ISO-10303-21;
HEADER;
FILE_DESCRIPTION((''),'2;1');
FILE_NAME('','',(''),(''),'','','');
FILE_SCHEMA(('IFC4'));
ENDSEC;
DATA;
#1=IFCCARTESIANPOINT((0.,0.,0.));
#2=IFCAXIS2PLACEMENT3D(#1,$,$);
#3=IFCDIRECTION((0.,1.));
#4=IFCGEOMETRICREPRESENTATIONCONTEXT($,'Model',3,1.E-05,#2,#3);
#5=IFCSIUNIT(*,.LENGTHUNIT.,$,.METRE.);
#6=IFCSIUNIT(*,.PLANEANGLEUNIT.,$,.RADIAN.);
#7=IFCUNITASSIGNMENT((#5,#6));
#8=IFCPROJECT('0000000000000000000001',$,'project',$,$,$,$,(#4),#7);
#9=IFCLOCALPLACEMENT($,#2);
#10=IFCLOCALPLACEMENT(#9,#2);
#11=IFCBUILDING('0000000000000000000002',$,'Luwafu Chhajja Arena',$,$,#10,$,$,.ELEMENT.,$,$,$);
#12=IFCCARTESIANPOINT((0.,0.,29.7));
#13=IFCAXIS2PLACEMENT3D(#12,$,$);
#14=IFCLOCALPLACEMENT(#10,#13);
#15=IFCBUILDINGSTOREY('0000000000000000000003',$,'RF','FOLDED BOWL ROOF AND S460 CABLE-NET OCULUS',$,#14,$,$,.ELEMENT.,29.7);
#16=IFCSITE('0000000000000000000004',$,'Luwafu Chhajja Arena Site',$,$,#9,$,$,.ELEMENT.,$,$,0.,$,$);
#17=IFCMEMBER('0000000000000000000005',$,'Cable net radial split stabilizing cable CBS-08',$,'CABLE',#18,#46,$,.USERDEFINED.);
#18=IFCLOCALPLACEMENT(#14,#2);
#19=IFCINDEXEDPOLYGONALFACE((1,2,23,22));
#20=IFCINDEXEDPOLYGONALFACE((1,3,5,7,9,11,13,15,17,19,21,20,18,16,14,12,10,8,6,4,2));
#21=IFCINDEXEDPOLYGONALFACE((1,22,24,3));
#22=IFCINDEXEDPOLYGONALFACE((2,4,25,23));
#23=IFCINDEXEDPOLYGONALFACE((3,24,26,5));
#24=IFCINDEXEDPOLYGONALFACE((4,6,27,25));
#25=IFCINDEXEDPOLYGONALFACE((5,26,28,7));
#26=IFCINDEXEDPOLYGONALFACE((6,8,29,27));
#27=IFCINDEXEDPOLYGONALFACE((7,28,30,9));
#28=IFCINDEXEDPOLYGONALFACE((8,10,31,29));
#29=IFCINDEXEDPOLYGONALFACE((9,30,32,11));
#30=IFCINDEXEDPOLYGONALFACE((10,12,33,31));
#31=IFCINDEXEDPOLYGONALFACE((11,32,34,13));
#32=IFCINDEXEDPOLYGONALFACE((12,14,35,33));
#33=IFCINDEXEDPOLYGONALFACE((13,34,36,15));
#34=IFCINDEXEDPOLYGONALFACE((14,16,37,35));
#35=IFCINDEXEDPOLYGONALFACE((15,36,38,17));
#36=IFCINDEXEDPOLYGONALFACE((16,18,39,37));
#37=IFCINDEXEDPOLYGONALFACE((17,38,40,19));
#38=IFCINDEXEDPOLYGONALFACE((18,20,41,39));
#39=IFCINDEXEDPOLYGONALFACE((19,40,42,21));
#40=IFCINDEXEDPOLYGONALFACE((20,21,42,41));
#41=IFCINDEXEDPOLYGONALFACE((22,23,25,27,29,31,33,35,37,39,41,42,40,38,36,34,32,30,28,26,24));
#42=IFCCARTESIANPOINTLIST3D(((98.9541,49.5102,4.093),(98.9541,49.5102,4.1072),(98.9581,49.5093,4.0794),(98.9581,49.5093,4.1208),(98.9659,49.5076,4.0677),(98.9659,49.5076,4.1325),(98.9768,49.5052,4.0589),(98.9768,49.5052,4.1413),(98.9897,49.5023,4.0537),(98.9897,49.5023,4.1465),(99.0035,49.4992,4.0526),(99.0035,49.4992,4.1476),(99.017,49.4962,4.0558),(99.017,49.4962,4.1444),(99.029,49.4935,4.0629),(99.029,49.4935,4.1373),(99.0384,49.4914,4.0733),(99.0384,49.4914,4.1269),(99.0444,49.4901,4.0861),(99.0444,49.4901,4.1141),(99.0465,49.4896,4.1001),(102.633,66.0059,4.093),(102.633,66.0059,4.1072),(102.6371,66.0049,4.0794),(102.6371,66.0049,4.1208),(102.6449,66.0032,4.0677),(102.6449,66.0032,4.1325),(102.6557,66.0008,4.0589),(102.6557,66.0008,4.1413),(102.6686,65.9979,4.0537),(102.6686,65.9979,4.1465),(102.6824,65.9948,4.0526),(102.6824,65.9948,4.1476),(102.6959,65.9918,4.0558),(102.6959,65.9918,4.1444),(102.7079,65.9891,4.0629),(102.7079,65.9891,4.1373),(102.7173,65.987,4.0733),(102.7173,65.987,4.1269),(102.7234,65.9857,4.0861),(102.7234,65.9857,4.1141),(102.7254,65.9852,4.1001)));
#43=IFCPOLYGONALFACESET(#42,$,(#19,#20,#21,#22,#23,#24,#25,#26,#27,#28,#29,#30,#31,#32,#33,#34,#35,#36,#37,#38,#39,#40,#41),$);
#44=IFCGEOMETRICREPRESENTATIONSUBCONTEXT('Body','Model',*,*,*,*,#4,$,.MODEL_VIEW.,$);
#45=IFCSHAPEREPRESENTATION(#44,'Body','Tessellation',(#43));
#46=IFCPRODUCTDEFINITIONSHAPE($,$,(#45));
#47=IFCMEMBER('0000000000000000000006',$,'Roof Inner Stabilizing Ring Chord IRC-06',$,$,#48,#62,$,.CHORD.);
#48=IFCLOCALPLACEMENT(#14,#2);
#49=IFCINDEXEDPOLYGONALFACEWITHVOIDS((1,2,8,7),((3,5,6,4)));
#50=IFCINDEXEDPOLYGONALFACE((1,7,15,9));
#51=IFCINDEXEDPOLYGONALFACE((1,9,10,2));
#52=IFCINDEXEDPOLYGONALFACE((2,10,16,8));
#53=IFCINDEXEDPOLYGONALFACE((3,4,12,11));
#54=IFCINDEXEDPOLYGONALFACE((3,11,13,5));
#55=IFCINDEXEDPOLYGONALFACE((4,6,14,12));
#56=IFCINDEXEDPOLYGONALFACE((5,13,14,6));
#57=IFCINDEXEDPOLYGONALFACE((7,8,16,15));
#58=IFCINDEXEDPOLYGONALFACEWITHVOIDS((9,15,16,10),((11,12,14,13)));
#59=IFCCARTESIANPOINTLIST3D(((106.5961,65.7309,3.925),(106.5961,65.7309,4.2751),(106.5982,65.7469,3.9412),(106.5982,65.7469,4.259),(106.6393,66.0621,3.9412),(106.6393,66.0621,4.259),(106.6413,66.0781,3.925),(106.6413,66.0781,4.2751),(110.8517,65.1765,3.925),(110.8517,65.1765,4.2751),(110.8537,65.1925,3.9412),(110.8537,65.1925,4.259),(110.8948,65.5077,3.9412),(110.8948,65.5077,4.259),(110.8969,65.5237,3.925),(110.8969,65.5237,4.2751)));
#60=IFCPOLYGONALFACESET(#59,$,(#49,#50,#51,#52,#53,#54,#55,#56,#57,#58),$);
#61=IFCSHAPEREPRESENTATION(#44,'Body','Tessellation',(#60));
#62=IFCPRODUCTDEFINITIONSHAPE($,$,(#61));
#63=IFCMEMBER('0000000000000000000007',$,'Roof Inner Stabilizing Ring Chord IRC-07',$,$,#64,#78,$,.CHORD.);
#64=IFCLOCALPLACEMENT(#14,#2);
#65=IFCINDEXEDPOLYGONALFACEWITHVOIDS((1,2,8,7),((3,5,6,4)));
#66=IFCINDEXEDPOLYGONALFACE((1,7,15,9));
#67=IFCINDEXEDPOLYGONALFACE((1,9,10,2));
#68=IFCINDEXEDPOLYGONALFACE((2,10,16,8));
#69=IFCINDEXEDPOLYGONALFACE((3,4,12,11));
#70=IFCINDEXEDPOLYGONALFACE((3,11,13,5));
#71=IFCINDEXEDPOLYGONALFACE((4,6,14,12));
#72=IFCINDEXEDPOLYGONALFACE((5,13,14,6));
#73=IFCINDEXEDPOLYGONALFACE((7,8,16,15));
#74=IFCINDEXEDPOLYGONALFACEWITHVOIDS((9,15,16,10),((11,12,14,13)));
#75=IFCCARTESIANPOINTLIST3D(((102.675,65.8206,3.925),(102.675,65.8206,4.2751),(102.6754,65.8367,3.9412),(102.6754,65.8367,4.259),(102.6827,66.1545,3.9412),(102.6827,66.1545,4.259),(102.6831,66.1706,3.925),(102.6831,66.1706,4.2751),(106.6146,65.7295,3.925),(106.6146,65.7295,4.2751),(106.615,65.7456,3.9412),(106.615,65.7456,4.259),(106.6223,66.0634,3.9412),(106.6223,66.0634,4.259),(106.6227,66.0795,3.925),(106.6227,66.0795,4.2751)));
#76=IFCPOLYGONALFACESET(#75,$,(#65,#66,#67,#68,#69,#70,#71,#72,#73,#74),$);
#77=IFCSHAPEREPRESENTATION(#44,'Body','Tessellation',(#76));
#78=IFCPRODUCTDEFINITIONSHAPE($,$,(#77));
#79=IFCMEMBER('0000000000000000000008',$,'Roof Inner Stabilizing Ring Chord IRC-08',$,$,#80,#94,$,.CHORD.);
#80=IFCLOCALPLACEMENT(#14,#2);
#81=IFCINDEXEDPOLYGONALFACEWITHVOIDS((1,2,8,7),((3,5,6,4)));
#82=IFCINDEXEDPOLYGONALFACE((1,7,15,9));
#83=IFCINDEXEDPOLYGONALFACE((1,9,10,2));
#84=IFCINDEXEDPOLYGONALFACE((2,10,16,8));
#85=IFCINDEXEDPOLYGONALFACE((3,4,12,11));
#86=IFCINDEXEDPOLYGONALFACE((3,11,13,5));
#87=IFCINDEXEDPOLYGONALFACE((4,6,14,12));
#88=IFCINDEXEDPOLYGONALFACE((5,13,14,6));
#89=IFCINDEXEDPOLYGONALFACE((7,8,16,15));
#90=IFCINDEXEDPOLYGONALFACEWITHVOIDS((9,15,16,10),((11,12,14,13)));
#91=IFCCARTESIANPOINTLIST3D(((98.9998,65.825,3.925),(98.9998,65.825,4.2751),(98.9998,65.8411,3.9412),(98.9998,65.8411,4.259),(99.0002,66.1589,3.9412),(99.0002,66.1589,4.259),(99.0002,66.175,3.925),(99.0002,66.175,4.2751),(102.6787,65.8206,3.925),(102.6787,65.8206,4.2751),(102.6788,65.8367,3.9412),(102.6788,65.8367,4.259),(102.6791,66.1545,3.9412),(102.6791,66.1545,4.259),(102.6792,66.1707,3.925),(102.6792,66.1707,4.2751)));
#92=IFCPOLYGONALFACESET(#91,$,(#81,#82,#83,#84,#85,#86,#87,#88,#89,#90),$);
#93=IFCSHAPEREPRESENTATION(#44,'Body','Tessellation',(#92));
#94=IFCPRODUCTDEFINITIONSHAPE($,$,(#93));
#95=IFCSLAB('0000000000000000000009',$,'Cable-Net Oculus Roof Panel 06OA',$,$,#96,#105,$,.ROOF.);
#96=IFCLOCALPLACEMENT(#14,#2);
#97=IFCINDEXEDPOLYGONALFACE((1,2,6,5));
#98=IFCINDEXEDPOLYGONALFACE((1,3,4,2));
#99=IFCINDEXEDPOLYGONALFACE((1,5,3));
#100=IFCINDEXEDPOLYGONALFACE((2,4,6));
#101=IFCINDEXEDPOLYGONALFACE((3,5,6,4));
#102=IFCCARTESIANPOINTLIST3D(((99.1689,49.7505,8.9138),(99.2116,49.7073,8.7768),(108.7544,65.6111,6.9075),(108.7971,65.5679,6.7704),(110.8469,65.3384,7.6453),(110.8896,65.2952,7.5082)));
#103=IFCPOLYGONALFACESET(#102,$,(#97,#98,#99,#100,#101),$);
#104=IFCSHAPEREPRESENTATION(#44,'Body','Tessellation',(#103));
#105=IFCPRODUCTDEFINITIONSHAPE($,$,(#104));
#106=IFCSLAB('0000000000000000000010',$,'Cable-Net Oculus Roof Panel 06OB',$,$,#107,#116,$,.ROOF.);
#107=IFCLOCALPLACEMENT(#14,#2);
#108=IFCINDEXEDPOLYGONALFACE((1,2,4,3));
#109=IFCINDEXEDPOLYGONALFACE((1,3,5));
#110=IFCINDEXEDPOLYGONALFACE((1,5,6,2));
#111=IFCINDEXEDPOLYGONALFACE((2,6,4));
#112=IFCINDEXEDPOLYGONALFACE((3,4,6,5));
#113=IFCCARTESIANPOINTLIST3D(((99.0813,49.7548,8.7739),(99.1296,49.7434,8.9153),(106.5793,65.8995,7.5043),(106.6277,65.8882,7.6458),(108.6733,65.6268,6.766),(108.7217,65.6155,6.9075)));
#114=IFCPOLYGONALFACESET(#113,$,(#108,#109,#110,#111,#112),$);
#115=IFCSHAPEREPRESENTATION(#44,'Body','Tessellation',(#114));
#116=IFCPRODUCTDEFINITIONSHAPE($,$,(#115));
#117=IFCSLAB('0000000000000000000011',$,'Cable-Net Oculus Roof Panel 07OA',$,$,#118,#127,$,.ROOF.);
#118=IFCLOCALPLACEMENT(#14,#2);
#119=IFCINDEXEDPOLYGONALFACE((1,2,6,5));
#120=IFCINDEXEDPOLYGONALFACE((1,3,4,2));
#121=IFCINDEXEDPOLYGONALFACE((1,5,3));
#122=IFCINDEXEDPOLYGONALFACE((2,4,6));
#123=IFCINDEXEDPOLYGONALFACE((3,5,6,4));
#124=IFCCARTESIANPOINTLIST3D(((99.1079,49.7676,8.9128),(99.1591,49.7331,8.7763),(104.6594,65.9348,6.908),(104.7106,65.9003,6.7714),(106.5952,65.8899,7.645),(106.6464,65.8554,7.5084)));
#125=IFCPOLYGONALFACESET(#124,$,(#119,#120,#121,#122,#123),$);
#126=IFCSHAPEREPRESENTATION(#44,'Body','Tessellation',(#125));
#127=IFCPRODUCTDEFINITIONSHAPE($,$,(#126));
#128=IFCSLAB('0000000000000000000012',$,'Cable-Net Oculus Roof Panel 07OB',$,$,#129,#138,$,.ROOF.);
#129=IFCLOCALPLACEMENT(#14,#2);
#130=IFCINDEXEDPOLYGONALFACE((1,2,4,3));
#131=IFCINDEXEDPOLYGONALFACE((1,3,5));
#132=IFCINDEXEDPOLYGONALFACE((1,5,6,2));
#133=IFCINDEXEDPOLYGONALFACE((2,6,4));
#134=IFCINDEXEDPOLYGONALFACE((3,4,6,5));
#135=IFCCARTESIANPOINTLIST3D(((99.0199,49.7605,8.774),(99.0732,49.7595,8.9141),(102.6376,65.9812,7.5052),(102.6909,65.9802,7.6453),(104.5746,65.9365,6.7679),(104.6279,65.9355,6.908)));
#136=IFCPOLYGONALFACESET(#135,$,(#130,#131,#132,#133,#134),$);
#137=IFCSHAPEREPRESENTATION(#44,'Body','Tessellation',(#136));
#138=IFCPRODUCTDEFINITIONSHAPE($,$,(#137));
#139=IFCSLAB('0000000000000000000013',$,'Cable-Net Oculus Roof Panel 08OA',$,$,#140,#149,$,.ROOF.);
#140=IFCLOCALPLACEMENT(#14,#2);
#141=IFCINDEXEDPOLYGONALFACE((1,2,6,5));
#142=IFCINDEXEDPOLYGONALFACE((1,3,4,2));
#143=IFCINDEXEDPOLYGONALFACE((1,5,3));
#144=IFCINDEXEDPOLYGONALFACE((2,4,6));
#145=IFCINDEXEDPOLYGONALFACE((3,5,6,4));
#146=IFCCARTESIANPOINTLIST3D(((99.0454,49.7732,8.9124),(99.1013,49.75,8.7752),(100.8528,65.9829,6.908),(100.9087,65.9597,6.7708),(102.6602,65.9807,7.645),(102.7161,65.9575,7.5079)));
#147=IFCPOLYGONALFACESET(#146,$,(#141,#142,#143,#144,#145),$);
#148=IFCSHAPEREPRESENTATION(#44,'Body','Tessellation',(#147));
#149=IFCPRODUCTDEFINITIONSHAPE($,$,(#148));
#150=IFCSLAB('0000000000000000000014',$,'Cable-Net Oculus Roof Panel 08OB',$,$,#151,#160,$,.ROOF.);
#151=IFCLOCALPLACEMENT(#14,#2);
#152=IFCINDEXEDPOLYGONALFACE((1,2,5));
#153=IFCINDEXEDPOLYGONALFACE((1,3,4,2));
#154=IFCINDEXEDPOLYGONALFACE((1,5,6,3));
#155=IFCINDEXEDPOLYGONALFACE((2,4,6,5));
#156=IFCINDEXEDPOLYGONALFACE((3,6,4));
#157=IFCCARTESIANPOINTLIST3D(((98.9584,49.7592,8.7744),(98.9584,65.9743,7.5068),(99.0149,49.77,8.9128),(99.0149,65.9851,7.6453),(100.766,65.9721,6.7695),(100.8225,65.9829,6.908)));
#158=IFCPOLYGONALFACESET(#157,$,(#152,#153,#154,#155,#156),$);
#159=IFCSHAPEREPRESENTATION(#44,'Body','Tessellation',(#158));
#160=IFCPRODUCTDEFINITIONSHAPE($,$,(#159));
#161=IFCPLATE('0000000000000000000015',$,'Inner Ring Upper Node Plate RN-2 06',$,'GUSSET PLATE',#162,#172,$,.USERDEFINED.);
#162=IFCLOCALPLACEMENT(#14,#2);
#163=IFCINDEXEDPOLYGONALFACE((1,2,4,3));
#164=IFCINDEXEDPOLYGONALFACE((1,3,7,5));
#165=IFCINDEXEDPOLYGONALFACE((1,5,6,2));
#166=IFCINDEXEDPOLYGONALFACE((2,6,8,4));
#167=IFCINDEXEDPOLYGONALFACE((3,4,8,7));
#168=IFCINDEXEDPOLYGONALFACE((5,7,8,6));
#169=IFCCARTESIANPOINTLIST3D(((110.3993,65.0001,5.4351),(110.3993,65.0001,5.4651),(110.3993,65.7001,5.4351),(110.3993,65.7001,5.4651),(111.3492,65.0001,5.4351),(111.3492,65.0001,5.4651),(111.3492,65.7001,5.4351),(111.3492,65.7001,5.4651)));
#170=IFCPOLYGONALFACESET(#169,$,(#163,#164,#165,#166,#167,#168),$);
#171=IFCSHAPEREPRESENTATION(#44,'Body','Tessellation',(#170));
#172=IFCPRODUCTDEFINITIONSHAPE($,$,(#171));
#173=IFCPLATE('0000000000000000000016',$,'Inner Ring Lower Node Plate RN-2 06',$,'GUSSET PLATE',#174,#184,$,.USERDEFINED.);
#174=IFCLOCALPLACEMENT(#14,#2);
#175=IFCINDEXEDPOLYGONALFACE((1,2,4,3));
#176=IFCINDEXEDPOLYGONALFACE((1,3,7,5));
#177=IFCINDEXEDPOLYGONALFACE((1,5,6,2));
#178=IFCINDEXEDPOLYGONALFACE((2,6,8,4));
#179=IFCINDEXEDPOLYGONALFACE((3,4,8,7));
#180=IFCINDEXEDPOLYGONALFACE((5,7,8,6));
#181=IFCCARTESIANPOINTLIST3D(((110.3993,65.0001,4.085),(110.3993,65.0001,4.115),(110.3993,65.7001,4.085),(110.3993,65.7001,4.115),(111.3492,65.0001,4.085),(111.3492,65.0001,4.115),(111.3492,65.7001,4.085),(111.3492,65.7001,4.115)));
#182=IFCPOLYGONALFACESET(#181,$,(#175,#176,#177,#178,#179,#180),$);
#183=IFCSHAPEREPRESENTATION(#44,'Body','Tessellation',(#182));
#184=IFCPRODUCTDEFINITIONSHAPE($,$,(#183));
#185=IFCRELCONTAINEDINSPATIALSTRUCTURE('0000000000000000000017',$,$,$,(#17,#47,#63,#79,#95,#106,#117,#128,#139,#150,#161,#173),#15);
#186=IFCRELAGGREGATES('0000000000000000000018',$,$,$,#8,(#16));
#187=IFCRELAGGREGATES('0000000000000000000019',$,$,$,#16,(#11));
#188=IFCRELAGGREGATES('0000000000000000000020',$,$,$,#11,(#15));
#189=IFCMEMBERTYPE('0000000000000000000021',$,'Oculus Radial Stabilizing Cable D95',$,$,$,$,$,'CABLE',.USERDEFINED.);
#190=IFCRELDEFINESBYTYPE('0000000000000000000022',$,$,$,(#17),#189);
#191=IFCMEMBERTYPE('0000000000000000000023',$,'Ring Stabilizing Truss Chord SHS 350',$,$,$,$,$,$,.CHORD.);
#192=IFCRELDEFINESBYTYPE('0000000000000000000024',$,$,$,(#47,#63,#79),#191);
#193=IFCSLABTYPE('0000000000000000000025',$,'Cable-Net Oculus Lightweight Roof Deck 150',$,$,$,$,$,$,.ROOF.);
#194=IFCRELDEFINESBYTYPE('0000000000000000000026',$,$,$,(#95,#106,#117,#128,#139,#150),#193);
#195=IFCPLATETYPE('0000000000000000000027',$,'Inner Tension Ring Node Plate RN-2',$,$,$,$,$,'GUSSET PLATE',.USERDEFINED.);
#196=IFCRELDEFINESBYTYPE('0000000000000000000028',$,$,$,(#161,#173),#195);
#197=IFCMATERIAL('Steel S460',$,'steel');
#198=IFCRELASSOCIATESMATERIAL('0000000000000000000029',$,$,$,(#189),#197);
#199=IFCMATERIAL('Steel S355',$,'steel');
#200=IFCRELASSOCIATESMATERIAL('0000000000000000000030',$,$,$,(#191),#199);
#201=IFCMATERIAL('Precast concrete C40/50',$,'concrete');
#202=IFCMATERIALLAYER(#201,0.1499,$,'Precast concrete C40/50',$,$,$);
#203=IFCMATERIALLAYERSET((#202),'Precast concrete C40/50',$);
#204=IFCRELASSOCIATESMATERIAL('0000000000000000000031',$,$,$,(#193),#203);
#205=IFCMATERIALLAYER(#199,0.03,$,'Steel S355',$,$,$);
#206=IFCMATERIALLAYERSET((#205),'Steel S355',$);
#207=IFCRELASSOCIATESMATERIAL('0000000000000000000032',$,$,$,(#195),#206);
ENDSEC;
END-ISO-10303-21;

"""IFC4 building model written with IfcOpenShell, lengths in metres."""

from ifc_helpers import new_model, si_unit, direction, frame, origin, origin_2d, place, context, subcontext, project, spatial, polyline, rectangle, hollow_rectangle, circle, outline, extrude, material, layer, layer_set, material_profile, profile_set, type_object, element, save


model = new_model("IFC4")

# Units and contexts
model_context = context("Model", 3, precision=1e-05, world=origin(), true_north=direction((0.0, 1.0)))
body_context = subcontext(model_context, "Body", "Model", "MODEL_VIEW")
ifc_project = project(units=[si_unit("LENGTHUNIT", "METRE"), si_unit("PLANEANGLEUNIT", "RADIAN")], contexts=[model_context])

# Site, building, storey
site_placement = place(None, origin())
site = spatial("IfcSite", under=ifc_project, at=site_placement, Name="Luwafu Chhajja Arena Site", CompositionType="ELEMENT", RefElevation=0.0)
building_placement = place(site_placement, origin())
building = spatial("IfcBuilding", under=site, at=building_placement, Name="Luwafu Chhajja Arena", CompositionType="ELEMENT")
storey_placement = place(building_placement, frame((0.0, 0.0, 29.7)))
storey = spatial("IfcBuildingStorey", under=building, at=storey_placement, Name="RF", Description="FOLDED BOWL ROOF AND S460 CABLE-NET OCULUS", CompositionType="ELEMENT", Elevation=29.7)

# Shared definitions
ifc_material_1 = material(Name="Steel S355", Category="steel")

# Members
ifc_material_2 = material(Name="Steel S460", Category="steel")
ifc_material_profile_1 = material_profile(ifc_material_2, circle(Radius=0.0476, at=origin_2d()), Name="CABLE D95")
ifc_profile_set_1 = profile_set([ifc_material_profile_1], Name="Steel S460")
member_type_1 = type_object("IfcMemberType", Name="Oculus Radial Stabilizing Cable D95", ElementType="CABLE", PredefinedType="USERDEFINED", material=ifc_profile_set_1)
member_1_placement = place(storey_placement, frame((102.679, 65.9956, 4.1001), z_axis=(-0.217678, -0.976021, 0.0), x_axis=(0.976021, -0.217678, 0.0)))
element("IfcMember", 1, at=member_1_placement, inside=storey, type_object=member_type_1, Name="Cable net radial split stabilizing cable CBS-08", ObjectType="CABLE", PredefinedType="USERDEFINED", context=body_context, shape_type="SweptSolid", body=[
    extrude(circle(Radius=0.0476, at=origin_2d()), origin(), (0.0, 0.0, 1.0), 16.9009),
])
ifc_material_profile_2 = material_profile(ifc_material_1, hollow_rectangle(XDim=0.3501, YDim=0.3501, WallThickness=0.0161, at=origin_2d()), Name="SHS 350x350x16")
ifc_profile_set_2 = profile_set([ifc_material_profile_2], Name="Steel S355")
member_type_2 = type_object("IfcMemberType", Name="Ring Stabilizing Truss Chord SHS 350", PredefinedType="CHORD", material=ifc_profile_set_2)
member_2_placement = place(storey_placement, frame((110.8743, 65.3501, 4.1001), z_axis=(-0.991619, 0.129193, 0.0), x_axis=(-0.129193, -0.991619, 0.0)))
element("IfcMember", 2, at=member_2_placement, inside=storey, type_object=member_type_2, Name="Roof Inner Stabilizing Ring Chord IRC-06", PredefinedType="CHORD", context=body_context, shape_type="SweptSolid", body=[
    extrude(hollow_rectangle(XDim=0.3501, YDim=0.3501, WallThickness=0.0161, at=origin_2d()), origin(), (0.0, 0.0, 1.0), 4.2915),
])
member_3_placement = place(storey_placement, frame((106.6187, 65.9045, 4.1001), z_axis=(-0.999733, 0.023108, 0.0), x_axis=(-0.023108, -0.999733, 0.0)))
element("IfcMember", 3, at=member_3_placement, inside=storey, type_object=member_type_2, Name="Roof Inner Stabilizing Ring Chord IRC-07", PredefinedType="CHORD", context=body_context, shape_type="SweptSolid", body=[
    extrude(hollow_rectangle(XDim=0.3501, YDim=0.3501, WallThickness=0.0161, at=origin_2d()), origin(), (0.0, 0.0, 1.0), 3.9407),
])
member_4_placement = place(storey_placement, frame((102.679, 65.9956, 4.1001), z_axis=(-0.999999, 0.001195, 0.0), x_axis=(-0.001195, -0.999999, 0.0)))
element("IfcMember", 4, at=member_4_placement, inside=storey, type_object=member_type_2, Name="Roof Inner Stabilizing Ring Chord IRC-08", PredefinedType="CHORD", context=body_context, shape_type="SweptSolid", body=[
    extrude(hollow_rectangle(XDim=0.3501, YDim=0.3501, WallThickness=0.0161, at=origin_2d()), origin(), (0.0, 0.0, 1.0), 3.679),
])

# Slabs
ifc_material_3 = material(Name="Precast concrete C40/50", Category="concrete")
ifc_layer_1 = layer(ifc_material_3, 0.1499, Name="Precast concrete C40/50")
ifc_layer_set_1 = layer_set([ifc_layer_1], Name="Precast concrete C40/50")
slab_type = type_object("IfcSlabType", Name="Cable-Net Oculus Lightweight Roof Deck 150", PredefinedType="ROOF", material=ifc_layer_set_1)
slab_1_placement = place(storey_placement, frame((110.8469, 65.3384, 7.6453), z_axis=(-0.284869, 0.287825, 0.914334), x_axis=(-0.598307, -0.798627, 0.064993)))
element("IfcSlab", 5, at=slab_1_placement, inside=storey, type_object=slab_type, Name="Cable-Net Oculus Roof Panel 06OA", PredefinedType="ROOF", context=body_context, shape_type="SweptSolid", body=[
    extrude(outline(polyline([(0.0, 0.0), (19.5184, 0.0), (0.9862, -2.0062), (0.0, 0.0)])), origin(), (0.0, 0.0, -1.0), 0.1499),
])
slab_2_placement = place(storey_placement, frame((108.7217, 65.6155, 6.9075), z_axis=(0.32277, -0.075716, 0.943444), x_axis=(-0.514216, -0.85088, 0.107636)))
element("IfcSlab", 6, at=slab_2_placement, inside=storey, type_object=slab_type, Name="Cable-Net Oculus Roof Panel 06OB", PredefinedType="ROOF", context=body_context, shape_type="SweptSolid", body=[
    extrude(outline(polyline([(0.0, 0.0), (18.6537, 0.0), (0.9242, -2.0372), (0.0, 0.0)])), origin(), (0.0, 0.0, -1.0), 0.1499),
])
slab_3_placement = place(storey_placement, frame((106.5952, 65.8899, 7.645), z_axis=(-0.341597, 0.230294, 0.911195), x_axis=(-0.420134, -0.904669, 0.071141)))
element("IfcSlab", 7, at=slab_3_placement, inside=storey, type_object=slab_type, Name="Cable-Net Oculus Roof Panel 07OA", PredefinedType="ROOF", context=body_context, shape_type="SweptSolid", body=[
    extrude(outline(polyline([(0.0, 0.0), (17.8212, 0.0), (0.7202, -1.9426), (0.0, 0.0)])), origin(), (0.0, 0.0, -1.0), 0.1499),
])
slab_4_placement = place(storey_placement, frame((104.6279, 65.9355, 6.908), z_axis=(0.355609, -0.006204, 0.934614), x_axis=(-0.322564, -0.939351, 0.116496)))
element("IfcSlab", 8, at=slab_4_placement, inside=storey, type_object=slab_type, Name="Cable-Net Oculus Roof Panel 07OB", PredefinedType="ROOF", context=body_context, shape_type="SweptSolid", body=[
    extrude(outline(polyline([(0.0, 0.0), (17.2204, 0.0), (0.6687, -1.9622), (0.0, 0.0)])), origin(), (0.0, 0.0, -1.0), 0.1499),
])
slab_5_placement = place(storey_placement, frame((102.6602, 65.9807, 7.645), z_axis=(-0.372907, 0.154707, 0.91488), x_axis=(-0.21705, -0.97319, 0.076098)))
element("IfcSlab", 9, at=slab_5_placement, inside=storey, type_object=slab_type, Name="Cable-Net Oculus Roof Panel 08OA", PredefinedType="ROOF", context=body_context, shape_type="SweptSolid", body=[
    extrude(outline(polyline([(0.0, 0.0), (16.654, 0.0), (0.3341, -1.9231), (0.0, 0.0)])), origin(), (0.0, 0.0, -1.0), 0.1499),
])
slab_6_placement = place(storey_placement, frame((100.8225, 65.9829, 6.908), z_axis=(0.376768, 0.072192, 0.92349), x_axis=(-0.109979, -0.986421, 0.121981)))
element("IfcSlab", 10, at=slab_6_placement, inside=storey, type_object=slab_type, Name="Cable-Net Oculus Roof Panel 08OB", PredefinedType="ROOF", context=body_context, shape_type="SweptSolid", body=[
    extrude(outline(polyline([(0.0, 0.0), (16.4361, 0.0), (0.2866, -1.9311), (0.0, 0.0)])), origin(), (0.0, 0.0, -1.0), 0.1499),
])

# Plates
ifc_layer_2 = layer(ifc_material_1, 0.03, Name="Steel S355")
ifc_layer_set_2 = layer_set([ifc_layer_2], Name="Steel S355")
plate_type = type_object("IfcPlateType", Name="Inner Tension Ring Node Plate RN-2", ElementType="GUSSET PLATE", PredefinedType="USERDEFINED", material=ifc_layer_set_2)
for number, where, z_axis, x_axis, name in (
    (11, (110.8743, 65.3501, 5.4351), (0.0, 0.0, 1.0), (1.0, 0.0, 0.0), "Inner Ring Upper Node Plate RN-2 06"),
    (12, (110.8743, 65.3501, 4.085), (0.0, 0.0, 1.0), (1.0, 0.0, 0.0), "Inner Ring Lower Node Plate RN-2 06"),
):
    element("IfcPlate", number, at=place(storey_placement, frame(where, z_axis=z_axis, x_axis=x_axis)), inside=storey, type_object=plate_type, Name=name, ObjectType="GUSSET PLATE", PredefinedType="USERDEFINED", context=body_context, shape_type="SweptSolid", body=[
        extrude(rectangle(XDim=0.95, YDim=0.7, at=origin_2d()), origin(), (0.0, 0.0, 1.0), 0.03),
    ])

save(model, "model.ifc")
